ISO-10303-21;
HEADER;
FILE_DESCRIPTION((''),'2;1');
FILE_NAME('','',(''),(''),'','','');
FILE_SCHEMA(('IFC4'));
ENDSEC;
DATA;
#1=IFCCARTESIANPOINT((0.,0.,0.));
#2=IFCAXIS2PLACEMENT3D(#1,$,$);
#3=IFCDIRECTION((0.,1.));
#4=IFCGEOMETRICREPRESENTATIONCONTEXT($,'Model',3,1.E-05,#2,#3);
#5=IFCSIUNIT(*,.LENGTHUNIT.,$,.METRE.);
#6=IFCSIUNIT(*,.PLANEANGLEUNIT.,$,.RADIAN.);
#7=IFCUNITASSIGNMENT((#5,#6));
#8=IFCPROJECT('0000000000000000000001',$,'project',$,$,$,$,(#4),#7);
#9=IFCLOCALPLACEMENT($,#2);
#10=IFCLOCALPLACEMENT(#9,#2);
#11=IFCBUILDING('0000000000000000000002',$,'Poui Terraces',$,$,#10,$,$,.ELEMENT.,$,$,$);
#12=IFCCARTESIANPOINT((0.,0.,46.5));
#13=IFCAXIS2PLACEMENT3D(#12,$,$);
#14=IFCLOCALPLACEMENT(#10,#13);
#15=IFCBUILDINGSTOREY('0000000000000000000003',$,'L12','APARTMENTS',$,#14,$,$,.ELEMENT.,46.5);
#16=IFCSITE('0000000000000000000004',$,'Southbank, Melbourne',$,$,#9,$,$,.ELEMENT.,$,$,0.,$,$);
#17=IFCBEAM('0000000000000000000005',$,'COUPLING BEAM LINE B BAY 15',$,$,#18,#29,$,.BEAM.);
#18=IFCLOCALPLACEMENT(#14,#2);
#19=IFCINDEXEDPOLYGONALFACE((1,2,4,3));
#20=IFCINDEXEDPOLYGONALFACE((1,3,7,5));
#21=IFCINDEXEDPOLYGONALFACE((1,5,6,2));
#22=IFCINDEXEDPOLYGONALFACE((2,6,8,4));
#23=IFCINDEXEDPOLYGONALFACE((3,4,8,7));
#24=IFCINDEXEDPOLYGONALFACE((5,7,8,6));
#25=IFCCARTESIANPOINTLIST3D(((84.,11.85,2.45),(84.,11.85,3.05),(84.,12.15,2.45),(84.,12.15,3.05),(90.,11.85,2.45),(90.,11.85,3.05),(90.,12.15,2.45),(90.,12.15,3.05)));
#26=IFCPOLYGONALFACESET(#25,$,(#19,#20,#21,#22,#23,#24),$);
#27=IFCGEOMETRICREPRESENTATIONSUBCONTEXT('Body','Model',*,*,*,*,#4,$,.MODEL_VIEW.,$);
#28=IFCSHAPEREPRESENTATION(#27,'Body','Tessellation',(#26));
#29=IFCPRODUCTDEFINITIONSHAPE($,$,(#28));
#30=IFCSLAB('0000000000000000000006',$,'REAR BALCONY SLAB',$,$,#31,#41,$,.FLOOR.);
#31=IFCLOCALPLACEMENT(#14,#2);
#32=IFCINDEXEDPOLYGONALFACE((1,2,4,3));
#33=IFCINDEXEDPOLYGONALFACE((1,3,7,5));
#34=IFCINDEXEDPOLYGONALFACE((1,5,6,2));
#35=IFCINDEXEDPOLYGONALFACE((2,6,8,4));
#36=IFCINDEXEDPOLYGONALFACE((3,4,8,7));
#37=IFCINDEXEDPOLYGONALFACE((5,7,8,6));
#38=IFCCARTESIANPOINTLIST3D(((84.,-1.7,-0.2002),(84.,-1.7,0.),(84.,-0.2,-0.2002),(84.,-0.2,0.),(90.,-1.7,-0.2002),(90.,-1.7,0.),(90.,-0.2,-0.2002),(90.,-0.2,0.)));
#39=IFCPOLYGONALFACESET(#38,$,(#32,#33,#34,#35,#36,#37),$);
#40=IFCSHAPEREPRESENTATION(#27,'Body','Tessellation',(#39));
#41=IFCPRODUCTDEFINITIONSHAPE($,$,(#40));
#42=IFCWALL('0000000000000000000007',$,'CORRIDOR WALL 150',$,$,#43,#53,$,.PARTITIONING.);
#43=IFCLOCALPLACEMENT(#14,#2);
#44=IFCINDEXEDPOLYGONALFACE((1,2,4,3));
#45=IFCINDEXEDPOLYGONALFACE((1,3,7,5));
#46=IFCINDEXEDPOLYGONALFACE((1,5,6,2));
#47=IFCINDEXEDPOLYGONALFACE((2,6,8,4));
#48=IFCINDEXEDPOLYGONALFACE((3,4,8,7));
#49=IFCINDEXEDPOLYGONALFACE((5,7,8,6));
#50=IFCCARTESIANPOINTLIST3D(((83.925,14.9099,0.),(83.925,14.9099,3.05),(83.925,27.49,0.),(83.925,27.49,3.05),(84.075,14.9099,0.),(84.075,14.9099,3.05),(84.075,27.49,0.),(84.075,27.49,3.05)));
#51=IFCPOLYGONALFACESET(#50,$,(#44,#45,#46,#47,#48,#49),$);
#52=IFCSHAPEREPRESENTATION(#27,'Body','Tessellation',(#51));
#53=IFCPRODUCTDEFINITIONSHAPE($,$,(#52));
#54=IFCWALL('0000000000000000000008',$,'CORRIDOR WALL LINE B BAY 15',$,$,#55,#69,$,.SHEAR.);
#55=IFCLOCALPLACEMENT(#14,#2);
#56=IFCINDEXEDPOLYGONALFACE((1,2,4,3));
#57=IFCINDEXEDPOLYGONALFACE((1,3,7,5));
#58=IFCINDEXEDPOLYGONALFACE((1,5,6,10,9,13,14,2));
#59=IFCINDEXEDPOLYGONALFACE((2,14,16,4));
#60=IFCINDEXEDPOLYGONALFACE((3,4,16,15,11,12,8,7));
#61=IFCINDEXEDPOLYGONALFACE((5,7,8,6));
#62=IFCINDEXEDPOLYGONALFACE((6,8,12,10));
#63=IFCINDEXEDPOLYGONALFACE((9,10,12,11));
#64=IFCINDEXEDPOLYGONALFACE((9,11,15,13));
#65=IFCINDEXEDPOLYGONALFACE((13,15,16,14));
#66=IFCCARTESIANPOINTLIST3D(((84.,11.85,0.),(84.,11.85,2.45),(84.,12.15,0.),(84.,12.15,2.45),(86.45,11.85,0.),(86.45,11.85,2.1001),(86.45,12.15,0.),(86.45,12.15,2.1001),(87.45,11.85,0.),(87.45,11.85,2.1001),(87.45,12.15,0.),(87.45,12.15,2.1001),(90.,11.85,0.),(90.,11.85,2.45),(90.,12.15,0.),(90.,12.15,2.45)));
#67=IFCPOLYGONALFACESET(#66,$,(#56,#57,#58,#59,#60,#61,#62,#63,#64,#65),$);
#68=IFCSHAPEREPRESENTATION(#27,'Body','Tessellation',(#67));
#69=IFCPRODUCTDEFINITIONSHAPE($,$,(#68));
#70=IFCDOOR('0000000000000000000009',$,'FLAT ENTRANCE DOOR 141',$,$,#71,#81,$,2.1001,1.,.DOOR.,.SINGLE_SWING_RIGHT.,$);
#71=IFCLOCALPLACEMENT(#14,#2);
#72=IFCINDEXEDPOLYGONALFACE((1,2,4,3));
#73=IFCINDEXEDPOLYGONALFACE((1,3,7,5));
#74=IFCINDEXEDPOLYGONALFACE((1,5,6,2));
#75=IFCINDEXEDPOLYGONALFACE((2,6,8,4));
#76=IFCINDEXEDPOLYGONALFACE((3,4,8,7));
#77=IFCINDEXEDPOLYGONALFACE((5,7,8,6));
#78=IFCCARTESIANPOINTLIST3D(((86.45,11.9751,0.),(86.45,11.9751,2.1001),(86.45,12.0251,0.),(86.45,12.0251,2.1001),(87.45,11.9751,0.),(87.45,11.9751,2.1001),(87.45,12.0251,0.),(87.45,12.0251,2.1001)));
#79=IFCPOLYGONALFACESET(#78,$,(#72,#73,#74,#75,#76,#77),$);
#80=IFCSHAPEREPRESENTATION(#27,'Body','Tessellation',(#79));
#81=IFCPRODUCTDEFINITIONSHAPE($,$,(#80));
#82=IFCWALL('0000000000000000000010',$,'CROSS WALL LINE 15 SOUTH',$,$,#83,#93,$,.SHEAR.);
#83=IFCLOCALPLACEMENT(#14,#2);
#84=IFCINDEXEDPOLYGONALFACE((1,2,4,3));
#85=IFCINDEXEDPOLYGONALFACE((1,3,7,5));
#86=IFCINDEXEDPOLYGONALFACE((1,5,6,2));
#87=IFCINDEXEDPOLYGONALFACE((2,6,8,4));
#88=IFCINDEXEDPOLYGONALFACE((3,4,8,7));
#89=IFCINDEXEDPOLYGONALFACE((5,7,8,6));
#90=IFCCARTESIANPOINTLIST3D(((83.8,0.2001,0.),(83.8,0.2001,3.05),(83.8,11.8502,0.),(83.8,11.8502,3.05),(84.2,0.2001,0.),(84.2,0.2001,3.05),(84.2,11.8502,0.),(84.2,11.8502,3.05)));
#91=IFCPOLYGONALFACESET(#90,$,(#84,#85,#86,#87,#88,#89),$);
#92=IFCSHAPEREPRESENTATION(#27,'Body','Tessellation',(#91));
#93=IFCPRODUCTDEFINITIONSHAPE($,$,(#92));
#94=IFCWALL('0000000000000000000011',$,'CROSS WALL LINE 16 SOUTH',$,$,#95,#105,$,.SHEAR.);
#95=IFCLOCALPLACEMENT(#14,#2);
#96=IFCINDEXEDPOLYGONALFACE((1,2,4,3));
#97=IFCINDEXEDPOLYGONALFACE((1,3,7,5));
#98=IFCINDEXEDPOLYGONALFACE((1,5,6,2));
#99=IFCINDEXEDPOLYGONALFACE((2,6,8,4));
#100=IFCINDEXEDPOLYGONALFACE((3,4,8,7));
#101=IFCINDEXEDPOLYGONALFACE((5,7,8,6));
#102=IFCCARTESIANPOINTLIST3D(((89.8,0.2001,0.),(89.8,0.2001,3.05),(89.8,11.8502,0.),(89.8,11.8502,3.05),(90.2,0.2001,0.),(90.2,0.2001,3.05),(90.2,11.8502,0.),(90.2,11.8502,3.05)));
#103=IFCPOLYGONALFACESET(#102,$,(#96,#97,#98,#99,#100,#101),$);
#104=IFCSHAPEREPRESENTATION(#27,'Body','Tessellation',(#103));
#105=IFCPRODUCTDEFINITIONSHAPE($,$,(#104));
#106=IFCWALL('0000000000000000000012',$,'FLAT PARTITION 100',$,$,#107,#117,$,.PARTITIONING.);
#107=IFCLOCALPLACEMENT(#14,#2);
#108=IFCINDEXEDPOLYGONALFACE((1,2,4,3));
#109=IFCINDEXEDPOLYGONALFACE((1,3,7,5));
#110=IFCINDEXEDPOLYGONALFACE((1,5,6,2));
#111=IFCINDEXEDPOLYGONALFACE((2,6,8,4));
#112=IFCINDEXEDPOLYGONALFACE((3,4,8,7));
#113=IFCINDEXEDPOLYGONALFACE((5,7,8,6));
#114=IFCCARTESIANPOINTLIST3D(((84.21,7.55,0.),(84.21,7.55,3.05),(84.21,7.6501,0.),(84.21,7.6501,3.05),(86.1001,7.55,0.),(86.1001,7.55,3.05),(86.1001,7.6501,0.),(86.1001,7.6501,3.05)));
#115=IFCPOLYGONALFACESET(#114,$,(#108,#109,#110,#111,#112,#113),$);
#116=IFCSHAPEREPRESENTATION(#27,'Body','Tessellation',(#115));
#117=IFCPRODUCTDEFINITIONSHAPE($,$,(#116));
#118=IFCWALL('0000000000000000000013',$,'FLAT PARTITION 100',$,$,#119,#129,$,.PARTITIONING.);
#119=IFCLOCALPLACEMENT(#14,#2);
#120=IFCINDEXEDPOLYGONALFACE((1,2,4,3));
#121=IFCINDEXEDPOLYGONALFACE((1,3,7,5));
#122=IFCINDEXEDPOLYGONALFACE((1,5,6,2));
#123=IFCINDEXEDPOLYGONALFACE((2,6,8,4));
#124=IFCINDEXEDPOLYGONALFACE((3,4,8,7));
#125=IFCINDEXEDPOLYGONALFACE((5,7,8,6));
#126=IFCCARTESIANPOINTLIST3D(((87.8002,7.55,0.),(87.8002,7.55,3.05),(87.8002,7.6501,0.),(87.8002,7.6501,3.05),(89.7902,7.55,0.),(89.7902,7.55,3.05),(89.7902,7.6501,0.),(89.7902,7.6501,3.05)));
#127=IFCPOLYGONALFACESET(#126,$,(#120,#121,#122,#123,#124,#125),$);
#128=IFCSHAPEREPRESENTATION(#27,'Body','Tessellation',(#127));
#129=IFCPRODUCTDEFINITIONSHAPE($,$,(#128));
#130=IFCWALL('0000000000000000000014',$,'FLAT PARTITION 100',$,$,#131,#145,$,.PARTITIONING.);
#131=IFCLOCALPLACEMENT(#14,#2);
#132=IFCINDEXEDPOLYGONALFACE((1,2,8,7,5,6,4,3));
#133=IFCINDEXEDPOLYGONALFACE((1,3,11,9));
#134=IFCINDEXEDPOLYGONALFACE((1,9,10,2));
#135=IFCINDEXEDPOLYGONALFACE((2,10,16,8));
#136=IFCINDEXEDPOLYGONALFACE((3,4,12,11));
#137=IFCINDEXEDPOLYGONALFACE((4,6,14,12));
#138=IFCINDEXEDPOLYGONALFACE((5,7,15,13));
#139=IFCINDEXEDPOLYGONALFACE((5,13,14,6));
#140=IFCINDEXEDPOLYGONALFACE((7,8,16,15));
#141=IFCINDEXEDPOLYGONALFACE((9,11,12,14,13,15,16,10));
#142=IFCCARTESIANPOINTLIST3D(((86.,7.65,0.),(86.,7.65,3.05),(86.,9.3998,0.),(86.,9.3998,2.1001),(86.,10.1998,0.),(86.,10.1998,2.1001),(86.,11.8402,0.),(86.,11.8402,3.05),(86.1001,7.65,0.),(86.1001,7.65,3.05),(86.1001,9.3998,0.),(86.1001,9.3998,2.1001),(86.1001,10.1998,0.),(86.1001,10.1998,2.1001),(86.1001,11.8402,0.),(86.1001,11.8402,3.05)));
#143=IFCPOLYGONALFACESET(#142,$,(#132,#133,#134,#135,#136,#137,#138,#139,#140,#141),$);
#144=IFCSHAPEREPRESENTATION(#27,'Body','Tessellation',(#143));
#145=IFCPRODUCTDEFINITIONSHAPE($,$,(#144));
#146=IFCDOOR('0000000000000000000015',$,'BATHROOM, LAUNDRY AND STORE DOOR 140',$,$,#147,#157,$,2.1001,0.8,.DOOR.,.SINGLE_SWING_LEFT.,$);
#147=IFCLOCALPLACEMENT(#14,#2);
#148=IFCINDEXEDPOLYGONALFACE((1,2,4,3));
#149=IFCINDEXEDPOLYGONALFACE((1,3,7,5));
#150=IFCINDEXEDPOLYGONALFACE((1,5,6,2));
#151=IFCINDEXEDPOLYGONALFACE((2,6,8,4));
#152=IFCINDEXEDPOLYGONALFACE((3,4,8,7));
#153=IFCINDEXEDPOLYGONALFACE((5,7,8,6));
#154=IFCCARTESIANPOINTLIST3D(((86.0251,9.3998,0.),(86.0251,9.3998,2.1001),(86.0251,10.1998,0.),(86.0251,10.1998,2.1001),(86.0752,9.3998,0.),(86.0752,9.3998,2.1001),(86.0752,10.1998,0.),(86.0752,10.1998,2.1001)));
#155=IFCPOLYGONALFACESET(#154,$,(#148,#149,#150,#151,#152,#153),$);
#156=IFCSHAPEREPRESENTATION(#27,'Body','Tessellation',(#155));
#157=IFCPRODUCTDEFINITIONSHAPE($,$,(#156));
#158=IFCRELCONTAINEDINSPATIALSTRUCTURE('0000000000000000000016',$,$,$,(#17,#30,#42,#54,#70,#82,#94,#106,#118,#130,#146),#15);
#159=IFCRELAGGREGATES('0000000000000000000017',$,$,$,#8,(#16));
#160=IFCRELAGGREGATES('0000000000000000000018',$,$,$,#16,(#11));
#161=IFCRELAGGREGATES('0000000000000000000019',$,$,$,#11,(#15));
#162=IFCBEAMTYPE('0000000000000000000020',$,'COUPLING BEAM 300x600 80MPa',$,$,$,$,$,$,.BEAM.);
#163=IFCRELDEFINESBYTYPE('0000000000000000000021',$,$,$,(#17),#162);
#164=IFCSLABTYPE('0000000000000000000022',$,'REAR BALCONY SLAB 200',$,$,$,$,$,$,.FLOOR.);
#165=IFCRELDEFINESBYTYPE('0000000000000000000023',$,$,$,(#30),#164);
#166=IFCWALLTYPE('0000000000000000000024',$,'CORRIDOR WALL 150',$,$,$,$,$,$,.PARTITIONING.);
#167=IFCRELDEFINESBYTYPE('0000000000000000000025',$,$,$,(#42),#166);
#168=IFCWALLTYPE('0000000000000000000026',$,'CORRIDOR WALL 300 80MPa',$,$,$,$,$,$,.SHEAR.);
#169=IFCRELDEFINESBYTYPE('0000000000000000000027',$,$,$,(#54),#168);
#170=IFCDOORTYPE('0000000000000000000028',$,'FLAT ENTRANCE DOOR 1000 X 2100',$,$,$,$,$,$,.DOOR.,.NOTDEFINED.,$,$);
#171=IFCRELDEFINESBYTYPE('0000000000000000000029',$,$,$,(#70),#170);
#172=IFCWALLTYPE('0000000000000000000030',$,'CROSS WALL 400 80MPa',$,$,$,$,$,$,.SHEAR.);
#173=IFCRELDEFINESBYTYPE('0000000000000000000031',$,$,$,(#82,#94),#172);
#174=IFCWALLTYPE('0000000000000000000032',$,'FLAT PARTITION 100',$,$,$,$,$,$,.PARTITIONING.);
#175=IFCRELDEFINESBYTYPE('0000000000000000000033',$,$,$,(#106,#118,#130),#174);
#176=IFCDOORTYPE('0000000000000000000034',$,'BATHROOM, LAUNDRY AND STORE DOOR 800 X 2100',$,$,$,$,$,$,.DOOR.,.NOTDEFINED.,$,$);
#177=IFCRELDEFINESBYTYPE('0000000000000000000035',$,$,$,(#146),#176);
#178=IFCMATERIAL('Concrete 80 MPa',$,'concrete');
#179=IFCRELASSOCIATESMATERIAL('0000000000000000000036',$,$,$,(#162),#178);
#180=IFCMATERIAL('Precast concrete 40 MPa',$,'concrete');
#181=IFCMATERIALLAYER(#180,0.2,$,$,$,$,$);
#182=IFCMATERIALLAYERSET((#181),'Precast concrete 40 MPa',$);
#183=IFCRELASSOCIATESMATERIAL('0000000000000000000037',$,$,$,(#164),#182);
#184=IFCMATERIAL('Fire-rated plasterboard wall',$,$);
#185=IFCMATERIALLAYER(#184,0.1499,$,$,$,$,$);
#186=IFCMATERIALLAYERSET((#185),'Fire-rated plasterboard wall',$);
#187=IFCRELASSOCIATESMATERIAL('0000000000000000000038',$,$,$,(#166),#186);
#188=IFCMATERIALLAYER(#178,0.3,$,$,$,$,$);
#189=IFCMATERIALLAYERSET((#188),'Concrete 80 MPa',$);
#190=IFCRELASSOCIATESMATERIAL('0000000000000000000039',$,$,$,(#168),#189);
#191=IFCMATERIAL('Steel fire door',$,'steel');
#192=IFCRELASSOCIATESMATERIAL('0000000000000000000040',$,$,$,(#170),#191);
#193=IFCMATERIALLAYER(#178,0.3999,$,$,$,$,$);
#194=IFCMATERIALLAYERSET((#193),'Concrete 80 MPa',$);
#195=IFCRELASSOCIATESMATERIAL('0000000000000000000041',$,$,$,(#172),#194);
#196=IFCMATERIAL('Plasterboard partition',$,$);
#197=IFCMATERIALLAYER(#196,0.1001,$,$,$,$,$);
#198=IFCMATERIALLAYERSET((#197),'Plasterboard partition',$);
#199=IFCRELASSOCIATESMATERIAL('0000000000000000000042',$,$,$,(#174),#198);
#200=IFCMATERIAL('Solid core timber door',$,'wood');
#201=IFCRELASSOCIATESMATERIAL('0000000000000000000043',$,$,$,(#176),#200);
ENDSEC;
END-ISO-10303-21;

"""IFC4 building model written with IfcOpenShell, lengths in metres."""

from ifc_helpers import new_model, si_unit, direction, frame, frame_2d, origin, origin_2d, place, context, subcontext, project, spatial, polyline, rectangle, outline, extrude, source, transform, mapped, material, layer, layer_set, material_profile, profile_set, type_object, element, fill, save


model = new_model("IFC4")

# Units and contexts
model_context = context("Model", 3, precision=1e-05, world=origin(), true_north=direction((0.0, 1.0)))
body_context = subcontext(model_context, "Body", "Model", "MODEL_VIEW")
ifc_project = project(units=[si_unit("LENGTHUNIT", "METRE"), si_unit("PLANEANGLEUNIT", "RADIAN")], contexts=[model_context])

# Site, building, storey
site_placement = place(None, origin())
site = spatial("IfcSite", under=ifc_project, at=site_placement, Name="Southbank, Melbourne", CompositionType="ELEMENT", RefElevation=0.0)
building_placement = place(site_placement, origin())
building = spatial("IfcBuilding", under=site, at=building_placement, Name="Poui Terraces", CompositionType="ELEMENT")
storey_placement = place(building_placement, frame((0.0, 0.0, 46.5)))
storey = spatial("IfcBuildingStorey", under=building, at=storey_placement, Name="L12", Description="APARTMENTS", CompositionType="ELEMENT", Elevation=46.5)

# Beam
ifc_material_1 = material(Name="Concrete 80 MPa", Category="concrete")
ifc_material_profile_1 = material_profile(ifc_material_1, rectangle(XDim=0.3, YDim=0.6001, at=origin_2d()), Name="RC 300x600")
ifc_profile_set_1 = profile_set([ifc_material_profile_1], Name="Concrete 80 MPa")
beam_type = type_object("IfcBeamType", Name="COUPLING BEAM 300x600 80MPa", PredefinedType="BEAM", material=ifc_profile_set_1)
shared_shape_1 = source(origin(), body_context, "Body", "SweptSolid", [
    extrude(rectangle(XDim=0.3, YDim=0.6001, at=origin_2d()), origin(), (0.0, 0.0, 1.0), 6.0),
])
beam_placement = place(storey_placement, frame((84.0, 12.0, 2.75), z_axis=(1.0, 0.0, 0.0), x_axis=(0.0, 1.0, 0.0)))
element("IfcBeam", 1, at=beam_placement, inside=storey, type_object=beam_type, Name="COUPLING BEAM LINE B BAY 15", PredefinedType="BEAM", context=body_context, shape_type="MappedRepresentation", body=[
    mapped(shared_shape_1, transform((0.0, 0.0, 0.0))),
])

# Slab
ifc_material_2 = material(Name="Precast concrete 40 MPa", Category="concrete")
ifc_layer_1 = layer(ifc_material_2, 0.2)
ifc_layer_set_1 = layer_set([ifc_layer_1], Name="Precast concrete 40 MPa")
slab_type = type_object("IfcSlabType", Name="REAR BALCONY SLAB 200", PredefinedType="FLOOR", material=ifc_layer_set_1)
shared_shape_2 = source(origin(), body_context, "Body", "SweptSolid", [
    extrude(outline(polyline([(0.0, 0.0), (6.0, 0.0), (6.0, 1.5), (0.0, 1.5), (0.0, 0.0)])), origin(), (0.0, 0.0, 1.0), 0.2002),
])
slab_placement = place(storey_placement, frame((84.0, -1.7, -0.2002)))
element("IfcSlab", 2, at=slab_placement, inside=storey, type_object=slab_type, Name="REAR BALCONY SLAB", PredefinedType="FLOOR", context=body_context, shape_type="MappedRepresentation", body=[
    mapped(shared_shape_2, transform((0.0, 0.0, 0.0))),
])

# Wall
ifc_material_3 = material(Name="Fire-rated plasterboard wall")
ifc_layer_2 = layer(ifc_material_3, 0.1499)
ifc_layer_set_2 = layer_set([ifc_layer_2], Name="Fire-rated plasterboard wall")
wall_type_1 = type_object("IfcWallType", Name="CORRIDOR WALL 150", PredefinedType="PARTITIONING", material=ifc_layer_set_2)
wall_1_placement = place(storey_placement, frame((84.0, 14.9099, 0.0), z_axis=(0.0, 0.0, 1.0), x_axis=(0.0, 1.0, 0.0)))
element("IfcWall", 3, at=wall_1_placement, inside=storey, type_object=wall_type_1, Name="CORRIDOR WALL 150", PredefinedType="PARTITIONING", context=body_context, shape_type="SweptSolid", body=[
    extrude(rectangle(XDim=12.5801, YDim=0.1499, at=frame_2d((6.29, 0.0))), origin(), (0.0, 0.0, 1.0), 3.05),
])

# Wall, opening, door
ifc_layer_3 = layer(ifc_material_1, 0.3)
ifc_layer_set_3 = layer_set([ifc_layer_3], Name="Concrete 80 MPa")
wall_type_2 = type_object("IfcWallType", Name="CORRIDOR WALL 300 80MPa", PredefinedType="SHEAR", material=ifc_layer_set_3)
wall_2_placement = place(storey_placement, frame((84.0, 12.0, 0.0), z_axis=(0.0, 0.0, 1.0), x_axis=(1.0, 0.0, 0.0)))
wall_2 = element("IfcWall", 4, at=wall_2_placement, inside=storey, type_object=wall_type_2, Name="CORRIDOR WALL LINE B BAY 15", PredefinedType="SHEAR", context=body_context, shape_type="SweptSolid", body=[
    extrude(rectangle(XDim=6.0, YDim=0.3, at=frame_2d((3.0, 0.0))), origin(), (0.0, 0.0, 1.0), 2.45),
])
opening_1_placement = place(wall_2_placement, frame((2.45, 0.0, 0.0)))
opening_1 = element("IfcOpeningElement", 5, at=opening_1_placement, cuts=wall_2, PredefinedType="OPENING", context=body_context, shape_type="SweptSolid", body=[
    extrude(rectangle(XDim=1.0, YDim=2.1001, at=frame_2d((0.5, 1.05))), frame((0.0, 0.1602, 0.0), z_axis=(0.0, -1.0, 0.0), x_axis=(1.0, 0.0, 0.0)), (0.0, 0.0, 1.0), 0.3201),
])
ifc_material_4 = material(Name="Steel fire door", Category="steel")
door_type_1 = type_object("IfcDoorType", Name="FLAT ENTRANCE DOOR 1000 X 2100", OperationType="NOTDEFINED", PredefinedType="DOOR", material=ifc_material_4)
door_1_placement = place(opening_1_placement, frame((1.0, 0.0, 0.0), z_axis=(0.0, 0.0, 1.0), x_axis=(-1.0, 0.0, 0.0)))
door_1 = element("IfcDoor", 6, at=door_1_placement, inside=storey, type_object=door_type_1, Name="FLAT ENTRANCE DOOR 141", OperationType="SINGLE_SWING_RIGHT", OverallHeight=2.1001, OverallWidth=1.0, PredefinedType="DOOR", context=body_context, shape_type="SweptSolid", body=[
    extrude(rectangle(XDim=1.0, YDim=2.1001, at=frame_2d((0.5, 1.05))), frame((0.0, 0.0249, 0.0), z_axis=(0.0, -1.0, 0.0), x_axis=(1.0, 0.0, 0.0)), (0.0, 0.0, 1.0), 0.05),
])
fill(opening_1, door_1)

# Walls
ifc_layer_4 = layer(ifc_material_1, 0.3999)
ifc_layer_set_4 = layer_set([ifc_layer_4], Name="Concrete 80 MPa")
wall_type_3 = type_object("IfcWallType", Name="CROSS WALL 400 80MPa", PredefinedType="SHEAR", material=ifc_layer_set_4)
for number, where, z_axis, x_axis, name in (
    (7, (84.0, 0.2, 0.0), (0.0, 0.0, 1.0), (0.0, 1.0, 0.0), "CROSS WALL LINE 15 SOUTH"),
    (8, (90.0, 0.2, 0.0), (0.0, 0.0, 1.0), (0.0, 1.0, 0.0), "CROSS WALL LINE 16 SOUTH"),
):
    element("IfcWall", number, at=place(storey_placement, frame(where, z_axis=z_axis, x_axis=x_axis)), inside=storey, type_object=wall_type_3, Name=name, PredefinedType="SHEAR", context=body_context, shape_type="SweptSolid", body=[
        extrude(rectangle(XDim=11.6501, YDim=0.3999, at=frame_2d((5.8252, 0.0))), origin(), (0.0, 0.0, 1.0), 3.05),
    ])
ifc_material_5 = material(Name="Plasterboard partition")
ifc_layer_5 = layer(ifc_material_5, 0.1001)
ifc_layer_set_5 = layer_set([ifc_layer_5], Name="Plasterboard partition")
wall_type_4 = type_object("IfcWallType", Name="FLAT PARTITION 100", PredefinedType="PARTITIONING", material=ifc_layer_set_5)
wall_3_placement = place(storey_placement, frame((84.21, 7.6001, 0.0), z_axis=(0.0, 0.0, 1.0), x_axis=(1.0, 0.0, 0.0)))
element("IfcWall", 9, at=wall_3_placement, inside=storey, type_object=wall_type_4, Name="FLAT PARTITION 100", PredefinedType="PARTITIONING", context=body_context, shape_type="SweptSolid", body=[
    extrude(rectangle(XDim=1.8901, YDim=0.1001, at=frame_2d((0.9451, 0.0))), origin(), (0.0, 0.0, 1.0), 3.05),
])
wall_4_placement = place(storey_placement, frame((87.8, 7.6001, 0.0), z_axis=(0.0, 0.0, 1.0), x_axis=(1.0, 0.0, 0.0)))
element("IfcWall", 10, at=wall_4_placement, inside=storey, type_object=wall_type_4, Name="FLAT PARTITION 100", PredefinedType="PARTITIONING", context=body_context, shape_type="SweptSolid", body=[
    extrude(rectangle(XDim=1.99, YDim=0.1001, at=frame_2d((0.9951, 0.0))), origin(), (0.0, 0.0, 1.0), 3.05),
])

# Wall, opening, door
wall_5_placement = place(storey_placement, frame((86.05, 7.6499, 0.0), z_axis=(0.0, 0.0, 1.0), x_axis=(0.0, 1.0, 0.0)))
wall_5 = element("IfcWall", 11, at=wall_5_placement, inside=storey, type_object=wall_type_4, Name="FLAT PARTITION 100", PredefinedType="PARTITIONING", context=body_context, shape_type="SweptSolid", body=[
    extrude(rectangle(XDim=4.1902, YDim=0.1001, at=frame_2d((2.0952, 0.0))), origin(), (0.0, 0.0, 1.0), 3.05),
])
opening_2_placement = place(wall_5_placement, frame((1.75, 0.0, 0.0)))
opening_2 = element("IfcOpeningElement", 12, at=opening_2_placement, cuts=wall_5, PredefinedType="OPENING", context=body_context, shape_type="SweptSolid", body=[
    extrude(rectangle(XDim=0.8, YDim=2.1001, at=frame_2d((0.3999, 1.05))), frame((0.0, 0.0601, 0.0), z_axis=(0.0, -1.0, 0.0), x_axis=(1.0, 0.0, 0.0)), (0.0, 0.0, 1.0), 0.1201),
])
ifc_material_6 = material(Name="Solid core timber door", Category="wood")
door_type_2 = type_object("IfcDoorType", Name="BATHROOM, LAUNDRY AND STORE DOOR 800 X 2100", OperationType="NOTDEFINED", PredefinedType="DOOR", material=ifc_material_6)
door_2_placement = place(opening_2_placement, origin())
door_2 = element("IfcDoor", 13, at=door_2_placement, inside=storey, type_object=door_type_2, Name="BATHROOM, LAUNDRY AND STORE DOOR 140", OperationType="SINGLE_SWING_LEFT", OverallHeight=2.1001, OverallWidth=0.8, PredefinedType="DOOR", context=body_context, shape_type="SweptSolid", body=[
    extrude(rectangle(XDim=0.8, YDim=2.1001, at=frame_2d((0.3999, 1.05))), frame((0.0, 0.0249, 0.0), z_axis=(0.0, -1.0, 0.0), x_axis=(1.0, 0.0, 0.0)), (0.0, 0.0, 1.0), 0.05),
])
fill(opening_2, door_2)

save(model, "model.ifc")
